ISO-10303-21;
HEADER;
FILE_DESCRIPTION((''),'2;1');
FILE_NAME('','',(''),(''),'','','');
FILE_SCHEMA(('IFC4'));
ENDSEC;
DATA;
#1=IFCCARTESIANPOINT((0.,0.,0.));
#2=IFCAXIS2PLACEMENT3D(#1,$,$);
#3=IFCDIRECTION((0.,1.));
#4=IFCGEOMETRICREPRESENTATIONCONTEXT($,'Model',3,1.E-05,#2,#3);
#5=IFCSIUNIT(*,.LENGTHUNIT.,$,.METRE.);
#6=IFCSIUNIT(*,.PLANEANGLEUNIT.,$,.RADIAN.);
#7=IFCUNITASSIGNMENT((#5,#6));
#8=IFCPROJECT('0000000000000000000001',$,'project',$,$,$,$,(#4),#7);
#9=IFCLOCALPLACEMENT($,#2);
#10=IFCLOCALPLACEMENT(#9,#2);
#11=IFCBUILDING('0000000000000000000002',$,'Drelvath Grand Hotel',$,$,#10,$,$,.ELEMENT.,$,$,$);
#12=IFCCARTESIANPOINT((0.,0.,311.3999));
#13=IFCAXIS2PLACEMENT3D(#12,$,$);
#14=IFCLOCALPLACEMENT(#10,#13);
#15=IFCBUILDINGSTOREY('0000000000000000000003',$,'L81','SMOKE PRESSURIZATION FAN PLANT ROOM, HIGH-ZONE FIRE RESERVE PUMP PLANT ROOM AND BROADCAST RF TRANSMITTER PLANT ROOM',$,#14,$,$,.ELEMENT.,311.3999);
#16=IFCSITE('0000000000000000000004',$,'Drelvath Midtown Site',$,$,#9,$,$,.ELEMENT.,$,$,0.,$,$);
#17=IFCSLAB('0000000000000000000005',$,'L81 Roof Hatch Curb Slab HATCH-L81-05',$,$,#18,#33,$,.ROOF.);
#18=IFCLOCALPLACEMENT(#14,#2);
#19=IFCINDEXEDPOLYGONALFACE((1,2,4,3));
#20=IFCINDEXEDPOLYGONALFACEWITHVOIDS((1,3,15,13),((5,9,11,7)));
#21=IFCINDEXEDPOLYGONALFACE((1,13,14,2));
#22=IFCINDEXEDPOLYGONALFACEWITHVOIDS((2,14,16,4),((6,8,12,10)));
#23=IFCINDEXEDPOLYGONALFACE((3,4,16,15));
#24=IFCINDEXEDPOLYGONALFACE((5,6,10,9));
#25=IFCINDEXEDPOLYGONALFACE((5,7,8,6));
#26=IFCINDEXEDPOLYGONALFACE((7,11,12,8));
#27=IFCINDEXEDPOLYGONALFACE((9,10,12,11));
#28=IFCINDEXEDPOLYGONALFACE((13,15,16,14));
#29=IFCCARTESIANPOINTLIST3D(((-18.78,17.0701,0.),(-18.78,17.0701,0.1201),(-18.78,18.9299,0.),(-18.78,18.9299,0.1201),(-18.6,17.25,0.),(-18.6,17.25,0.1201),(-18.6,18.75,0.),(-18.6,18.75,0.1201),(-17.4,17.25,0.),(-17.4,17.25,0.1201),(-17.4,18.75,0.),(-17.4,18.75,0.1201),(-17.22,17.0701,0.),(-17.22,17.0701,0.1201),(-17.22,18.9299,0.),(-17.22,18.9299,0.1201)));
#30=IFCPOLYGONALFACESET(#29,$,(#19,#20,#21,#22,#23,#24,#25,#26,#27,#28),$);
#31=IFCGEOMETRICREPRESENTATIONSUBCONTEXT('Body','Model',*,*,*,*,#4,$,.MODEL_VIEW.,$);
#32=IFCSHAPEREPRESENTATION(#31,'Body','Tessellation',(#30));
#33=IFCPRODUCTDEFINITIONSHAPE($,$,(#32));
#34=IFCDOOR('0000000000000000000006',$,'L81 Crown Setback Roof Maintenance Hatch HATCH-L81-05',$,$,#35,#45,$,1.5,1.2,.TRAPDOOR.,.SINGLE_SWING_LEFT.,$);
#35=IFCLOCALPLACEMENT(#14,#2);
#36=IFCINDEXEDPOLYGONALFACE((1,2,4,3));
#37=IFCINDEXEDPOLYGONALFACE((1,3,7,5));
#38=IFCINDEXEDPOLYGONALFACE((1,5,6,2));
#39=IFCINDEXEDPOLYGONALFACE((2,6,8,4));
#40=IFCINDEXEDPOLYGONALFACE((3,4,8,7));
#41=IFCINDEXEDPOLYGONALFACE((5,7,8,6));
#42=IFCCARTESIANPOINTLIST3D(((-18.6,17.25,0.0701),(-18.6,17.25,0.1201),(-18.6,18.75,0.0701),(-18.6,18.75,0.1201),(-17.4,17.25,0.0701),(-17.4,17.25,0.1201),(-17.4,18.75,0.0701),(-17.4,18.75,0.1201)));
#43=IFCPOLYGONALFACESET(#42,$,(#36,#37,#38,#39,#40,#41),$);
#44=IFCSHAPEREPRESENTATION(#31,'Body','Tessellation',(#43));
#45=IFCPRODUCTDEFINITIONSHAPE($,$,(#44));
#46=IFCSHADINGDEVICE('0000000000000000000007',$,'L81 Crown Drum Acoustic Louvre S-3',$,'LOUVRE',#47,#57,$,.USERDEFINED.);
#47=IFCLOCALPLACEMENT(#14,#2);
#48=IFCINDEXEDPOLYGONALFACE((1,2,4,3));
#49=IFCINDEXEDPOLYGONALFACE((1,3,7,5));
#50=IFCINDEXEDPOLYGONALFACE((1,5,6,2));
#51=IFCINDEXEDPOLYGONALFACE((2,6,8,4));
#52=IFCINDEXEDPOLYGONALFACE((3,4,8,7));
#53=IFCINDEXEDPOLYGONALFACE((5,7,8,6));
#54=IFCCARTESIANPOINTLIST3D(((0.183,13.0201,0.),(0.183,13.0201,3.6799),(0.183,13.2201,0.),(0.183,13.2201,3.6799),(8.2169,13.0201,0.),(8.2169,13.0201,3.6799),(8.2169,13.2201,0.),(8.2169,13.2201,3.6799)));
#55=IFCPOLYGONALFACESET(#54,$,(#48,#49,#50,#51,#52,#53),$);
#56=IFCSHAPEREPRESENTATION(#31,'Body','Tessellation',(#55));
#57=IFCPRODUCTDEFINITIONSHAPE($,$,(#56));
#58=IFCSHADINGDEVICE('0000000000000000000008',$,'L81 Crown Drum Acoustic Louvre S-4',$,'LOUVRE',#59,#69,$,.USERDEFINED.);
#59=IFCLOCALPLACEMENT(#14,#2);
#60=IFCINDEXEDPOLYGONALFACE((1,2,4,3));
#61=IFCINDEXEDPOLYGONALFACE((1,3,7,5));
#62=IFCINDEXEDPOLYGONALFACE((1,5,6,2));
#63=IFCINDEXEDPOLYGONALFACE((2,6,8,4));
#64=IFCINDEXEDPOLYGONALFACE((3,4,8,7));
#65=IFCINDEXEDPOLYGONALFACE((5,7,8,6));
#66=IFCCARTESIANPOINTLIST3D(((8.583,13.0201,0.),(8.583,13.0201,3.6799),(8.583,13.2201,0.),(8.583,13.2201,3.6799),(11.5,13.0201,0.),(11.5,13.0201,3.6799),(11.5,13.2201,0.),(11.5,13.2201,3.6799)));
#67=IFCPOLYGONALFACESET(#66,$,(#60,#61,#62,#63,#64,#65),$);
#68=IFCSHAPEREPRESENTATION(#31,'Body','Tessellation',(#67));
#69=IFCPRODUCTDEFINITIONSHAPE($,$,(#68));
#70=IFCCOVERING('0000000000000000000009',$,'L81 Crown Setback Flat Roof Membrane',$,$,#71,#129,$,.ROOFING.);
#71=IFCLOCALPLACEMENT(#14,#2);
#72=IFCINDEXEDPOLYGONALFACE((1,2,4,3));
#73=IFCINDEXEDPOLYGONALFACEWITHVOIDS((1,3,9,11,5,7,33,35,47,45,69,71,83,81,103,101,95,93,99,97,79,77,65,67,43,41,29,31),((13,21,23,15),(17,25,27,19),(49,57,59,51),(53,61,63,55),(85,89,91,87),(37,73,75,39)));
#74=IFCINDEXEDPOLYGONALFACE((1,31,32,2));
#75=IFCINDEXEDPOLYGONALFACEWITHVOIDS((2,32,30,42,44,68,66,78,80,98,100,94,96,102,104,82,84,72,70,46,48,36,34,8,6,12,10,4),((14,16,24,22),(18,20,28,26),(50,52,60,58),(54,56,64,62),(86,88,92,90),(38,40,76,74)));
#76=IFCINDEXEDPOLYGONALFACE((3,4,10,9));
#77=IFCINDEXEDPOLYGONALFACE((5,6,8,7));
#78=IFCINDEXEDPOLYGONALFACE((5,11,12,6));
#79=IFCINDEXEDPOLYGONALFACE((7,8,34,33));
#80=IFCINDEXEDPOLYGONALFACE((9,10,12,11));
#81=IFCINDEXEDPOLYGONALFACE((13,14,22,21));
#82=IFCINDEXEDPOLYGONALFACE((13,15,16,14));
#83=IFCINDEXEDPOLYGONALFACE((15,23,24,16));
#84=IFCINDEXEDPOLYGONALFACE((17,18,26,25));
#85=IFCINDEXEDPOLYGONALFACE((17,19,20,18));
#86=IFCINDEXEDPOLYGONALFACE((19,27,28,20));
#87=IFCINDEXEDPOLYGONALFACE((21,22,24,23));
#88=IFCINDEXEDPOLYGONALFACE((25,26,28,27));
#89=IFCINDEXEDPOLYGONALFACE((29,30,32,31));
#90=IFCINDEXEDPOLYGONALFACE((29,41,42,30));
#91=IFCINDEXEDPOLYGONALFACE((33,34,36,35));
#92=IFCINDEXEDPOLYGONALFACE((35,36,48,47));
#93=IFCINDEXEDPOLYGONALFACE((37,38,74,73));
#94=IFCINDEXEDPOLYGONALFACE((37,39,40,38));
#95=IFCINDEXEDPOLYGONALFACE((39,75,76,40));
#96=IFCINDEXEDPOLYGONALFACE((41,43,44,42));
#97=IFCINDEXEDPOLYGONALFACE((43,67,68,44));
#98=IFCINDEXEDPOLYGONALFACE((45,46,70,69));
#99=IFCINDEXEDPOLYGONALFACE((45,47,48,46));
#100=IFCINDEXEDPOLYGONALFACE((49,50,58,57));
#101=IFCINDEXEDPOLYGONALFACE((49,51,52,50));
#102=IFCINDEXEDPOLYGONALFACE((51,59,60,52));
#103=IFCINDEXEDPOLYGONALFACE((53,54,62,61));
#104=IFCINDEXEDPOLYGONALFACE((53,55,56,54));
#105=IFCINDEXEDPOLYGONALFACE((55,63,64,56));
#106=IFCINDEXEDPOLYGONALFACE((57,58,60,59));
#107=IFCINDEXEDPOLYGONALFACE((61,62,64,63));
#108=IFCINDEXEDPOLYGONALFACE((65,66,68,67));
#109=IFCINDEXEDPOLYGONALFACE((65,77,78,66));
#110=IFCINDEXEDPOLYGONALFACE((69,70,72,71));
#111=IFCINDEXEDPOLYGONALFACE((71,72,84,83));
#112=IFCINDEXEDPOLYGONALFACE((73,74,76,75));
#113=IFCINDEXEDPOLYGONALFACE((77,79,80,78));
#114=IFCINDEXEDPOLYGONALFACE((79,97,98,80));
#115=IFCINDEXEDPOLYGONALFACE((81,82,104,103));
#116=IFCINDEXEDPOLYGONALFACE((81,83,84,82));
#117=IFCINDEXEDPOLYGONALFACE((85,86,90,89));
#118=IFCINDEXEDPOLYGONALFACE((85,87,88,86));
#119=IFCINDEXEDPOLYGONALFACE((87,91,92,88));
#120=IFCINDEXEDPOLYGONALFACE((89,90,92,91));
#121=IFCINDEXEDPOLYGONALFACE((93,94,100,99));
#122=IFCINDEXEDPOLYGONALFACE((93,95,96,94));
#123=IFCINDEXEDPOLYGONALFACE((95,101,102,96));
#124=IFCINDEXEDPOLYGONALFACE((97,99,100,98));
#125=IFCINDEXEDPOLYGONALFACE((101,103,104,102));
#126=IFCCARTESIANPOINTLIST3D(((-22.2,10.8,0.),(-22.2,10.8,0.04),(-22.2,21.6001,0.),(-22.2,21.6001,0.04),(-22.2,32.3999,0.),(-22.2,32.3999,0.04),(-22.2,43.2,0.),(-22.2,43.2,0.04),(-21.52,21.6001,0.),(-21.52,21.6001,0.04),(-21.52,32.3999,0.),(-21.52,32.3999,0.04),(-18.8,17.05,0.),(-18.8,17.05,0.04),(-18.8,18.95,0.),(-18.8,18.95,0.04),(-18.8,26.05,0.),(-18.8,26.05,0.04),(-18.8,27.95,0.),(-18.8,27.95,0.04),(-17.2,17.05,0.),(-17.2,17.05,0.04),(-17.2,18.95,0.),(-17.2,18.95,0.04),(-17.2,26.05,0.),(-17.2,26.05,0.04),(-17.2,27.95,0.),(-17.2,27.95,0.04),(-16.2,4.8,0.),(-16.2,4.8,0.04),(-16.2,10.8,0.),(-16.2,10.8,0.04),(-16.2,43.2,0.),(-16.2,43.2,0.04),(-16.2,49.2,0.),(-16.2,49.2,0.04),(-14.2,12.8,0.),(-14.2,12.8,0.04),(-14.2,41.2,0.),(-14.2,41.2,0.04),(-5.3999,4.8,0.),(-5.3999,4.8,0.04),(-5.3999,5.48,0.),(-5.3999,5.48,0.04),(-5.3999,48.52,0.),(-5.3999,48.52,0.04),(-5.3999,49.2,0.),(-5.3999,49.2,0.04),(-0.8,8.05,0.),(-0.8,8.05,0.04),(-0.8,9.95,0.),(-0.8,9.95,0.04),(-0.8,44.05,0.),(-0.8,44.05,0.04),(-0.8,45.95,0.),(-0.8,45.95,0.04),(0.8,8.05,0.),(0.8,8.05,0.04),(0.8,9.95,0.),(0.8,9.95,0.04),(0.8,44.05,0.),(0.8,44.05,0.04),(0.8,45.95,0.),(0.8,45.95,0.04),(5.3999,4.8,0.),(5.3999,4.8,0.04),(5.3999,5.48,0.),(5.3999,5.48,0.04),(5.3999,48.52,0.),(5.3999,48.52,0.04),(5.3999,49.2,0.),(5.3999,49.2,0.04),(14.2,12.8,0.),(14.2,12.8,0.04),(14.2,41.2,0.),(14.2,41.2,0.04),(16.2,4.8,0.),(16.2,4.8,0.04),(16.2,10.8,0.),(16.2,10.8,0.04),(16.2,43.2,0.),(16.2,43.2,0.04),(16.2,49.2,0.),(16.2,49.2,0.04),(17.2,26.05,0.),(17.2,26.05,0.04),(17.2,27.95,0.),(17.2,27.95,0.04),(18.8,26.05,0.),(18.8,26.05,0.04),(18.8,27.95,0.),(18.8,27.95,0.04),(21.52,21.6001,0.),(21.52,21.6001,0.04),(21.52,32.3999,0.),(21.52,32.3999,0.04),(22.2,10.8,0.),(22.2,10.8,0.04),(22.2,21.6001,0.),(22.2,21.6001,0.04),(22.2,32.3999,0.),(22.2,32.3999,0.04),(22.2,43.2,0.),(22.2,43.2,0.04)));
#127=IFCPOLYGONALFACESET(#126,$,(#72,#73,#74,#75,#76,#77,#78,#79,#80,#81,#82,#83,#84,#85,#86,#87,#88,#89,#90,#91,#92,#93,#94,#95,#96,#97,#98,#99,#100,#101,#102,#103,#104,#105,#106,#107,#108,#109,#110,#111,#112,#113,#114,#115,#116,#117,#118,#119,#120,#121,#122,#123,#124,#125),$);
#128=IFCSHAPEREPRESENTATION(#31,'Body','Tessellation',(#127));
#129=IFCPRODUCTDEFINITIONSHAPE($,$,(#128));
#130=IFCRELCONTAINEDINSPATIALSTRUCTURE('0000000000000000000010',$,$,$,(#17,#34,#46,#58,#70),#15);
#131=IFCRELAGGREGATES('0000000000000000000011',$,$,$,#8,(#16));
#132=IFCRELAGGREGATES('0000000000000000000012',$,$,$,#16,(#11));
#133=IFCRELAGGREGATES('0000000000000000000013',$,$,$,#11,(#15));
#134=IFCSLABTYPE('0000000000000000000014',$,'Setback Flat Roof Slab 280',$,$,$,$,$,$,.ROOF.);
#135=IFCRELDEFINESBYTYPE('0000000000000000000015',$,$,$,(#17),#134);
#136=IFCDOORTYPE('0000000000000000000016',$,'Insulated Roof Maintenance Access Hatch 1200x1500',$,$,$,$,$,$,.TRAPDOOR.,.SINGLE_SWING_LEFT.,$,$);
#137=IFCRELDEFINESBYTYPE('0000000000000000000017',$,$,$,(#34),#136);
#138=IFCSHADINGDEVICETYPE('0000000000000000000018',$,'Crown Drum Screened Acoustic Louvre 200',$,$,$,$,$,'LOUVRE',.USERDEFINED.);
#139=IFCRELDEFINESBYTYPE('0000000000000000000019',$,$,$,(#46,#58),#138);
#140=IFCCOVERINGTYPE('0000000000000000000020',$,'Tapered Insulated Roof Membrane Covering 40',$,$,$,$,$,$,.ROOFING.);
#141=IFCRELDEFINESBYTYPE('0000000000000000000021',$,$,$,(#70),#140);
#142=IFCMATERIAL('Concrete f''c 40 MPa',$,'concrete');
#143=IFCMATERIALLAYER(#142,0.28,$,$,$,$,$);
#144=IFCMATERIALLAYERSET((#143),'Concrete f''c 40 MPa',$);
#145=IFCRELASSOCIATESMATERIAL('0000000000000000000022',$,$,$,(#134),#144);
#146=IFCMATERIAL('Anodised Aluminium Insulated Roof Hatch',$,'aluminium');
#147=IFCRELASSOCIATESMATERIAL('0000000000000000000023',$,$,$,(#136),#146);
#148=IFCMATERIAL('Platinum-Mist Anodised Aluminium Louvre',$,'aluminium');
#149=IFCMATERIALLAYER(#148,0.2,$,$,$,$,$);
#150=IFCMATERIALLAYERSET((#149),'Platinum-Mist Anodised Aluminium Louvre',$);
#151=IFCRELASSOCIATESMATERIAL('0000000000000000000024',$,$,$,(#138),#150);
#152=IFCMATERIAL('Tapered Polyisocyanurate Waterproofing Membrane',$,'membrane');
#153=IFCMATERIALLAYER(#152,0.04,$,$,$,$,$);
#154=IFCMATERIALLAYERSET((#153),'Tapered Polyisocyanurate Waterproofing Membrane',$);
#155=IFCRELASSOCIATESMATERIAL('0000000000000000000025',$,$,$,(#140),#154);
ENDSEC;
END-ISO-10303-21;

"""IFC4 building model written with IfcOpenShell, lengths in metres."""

from ifc_helpers import new_model, si_unit, direction, frame, origin, origin_2d, place, context, subcontext, project, spatial, polyline, rectangle, outline, extrude, material, layer, layer_set, type_object, element, fill, save


model = new_model("IFC4")

# Units and contexts
model_context = context("Model", 3, precision=1e-05, world=origin(), true_north=direction((0.0, 1.0)))
body_context = subcontext(model_context, "Body", "Model", "MODEL_VIEW")
ifc_project = project(units=[si_unit("LENGTHUNIT", "METRE"), si_unit("PLANEANGLEUNIT", "RADIAN")], contexts=[model_context])

# Site, building, storey
site_placement = place(None, origin())
site = spatial("IfcSite", under=ifc_project, at=site_placement, Name="Drelvath Midtown Site", CompositionType="ELEMENT", RefElevation=0.0)
building_placement = place(site_placement, origin())
building = spatial("IfcBuilding", under=site, at=building_placement, Name="Drelvath Grand Hotel", CompositionType="ELEMENT")
storey_placement = place(building_placement, frame((0.0, 0.0, 311.3999)))
storey = spatial("IfcBuildingStorey", under=building, at=storey_placement, Name="L81", Description="SMOKE PRESSURIZATION FAN PLANT ROOM, HIGH-ZONE FIRE RESERVE PUMP PLANT ROOM AND BROADCAST RF TRANSMITTER PLANT ROOM", CompositionType="ELEMENT", Elevation=311.3999)

# Shared definitions
ifc_material_1 = material(Name="Concrete f'c 40 MPa", Category="concrete")

# Slab, opening, door
ifc_layer_1 = layer(ifc_material_1, 0.28)
ifc_layer_set_1 = layer_set([ifc_layer_1], Name="Concrete f'c 40 MPa")
slab_type_1 = type_object("IfcSlabType", Name="Setback Flat Roof Slab 280", PredefinedType="ROOF", material=ifc_layer_set_1)
ifc_material_2 = material(Name="Anodised Aluminium Insulated Roof Hatch", Category="aluminium")
door_type = type_object("IfcDoorType", Name="Insulated Roof Maintenance Access Hatch 1200x1500", OperationType="SINGLE_SWING_LEFT", PredefinedType="TRAPDOOR", material=ifc_material_2)
slab_1_placement = place(storey_placement, origin())
slab_1 = element("IfcSlab", 1, at=slab_1_placement, inside=storey, type_object=slab_type_1, Name="L81 Roof Hatch Curb Slab HATCH-L81-05", PredefinedType="ROOF", context=body_context, shape_type="SweptSolid", body=[
    extrude(outline(polyline([(-18.78, 17.0701), (-17.22, 17.0701), (-17.22, 18.9299), (-18.78, 18.9299), (-18.78, 17.0701)])), origin(), (0.0, 0.0, 1.0), 0.1201),
])
opening_1_placement = place(slab_1_placement, frame((-18.0, 18.0, 0.0)))
opening_1 = element("IfcOpeningElement", 2, at=opening_1_placement, cuts=slab_1, PredefinedType="OPENING", context=body_context, shape_type="SweptSolid", body=[
    extrude(rectangle(XDim=1.2, YDim=1.5, at=origin_2d()), origin(), (0.0, 0.0, 1.0), 0.1201),
])
door_1_placement = place(opening_1_placement, frame((0.0, 0.0, 0.0701)))
door_1 = element("IfcDoor", 3, at=door_1_placement, inside=storey, type_object=door_type, Name="L81 Crown Setback Roof Maintenance Hatch HATCH-L81-05", OperationType="SINGLE_SWING_LEFT", OverallHeight=1.5, OverallWidth=1.2, PredefinedType="TRAPDOOR", context=body_context, shape_type="SweptSolid", body=[
    extrude(rectangle(XDim=1.2, YDim=1.5, at=origin_2d()), origin(), (0.0, 0.0, 1.0), 0.05),
])
fill(opening_1, door_1)

# Shading devices
ifc_material_3 = material(Name="Platinum-Mist Anodised Aluminium Louvre", Category="aluminium")
ifc_layer_2 = layer(ifc_material_3, 0.2)
ifc_layer_set_2 = layer_set([ifc_layer_2], Name="Platinum-Mist Anodised Aluminium Louvre")
shading_device_type = type_object("IfcShadingDeviceType", Name="Crown Drum Screened Acoustic Louvre 200", ElementType="LOUVRE", PredefinedType="USERDEFINED", material=ifc_layer_set_2)
shading_device_1_placement = place(storey_placement, frame((4.2, 13.1201, 0.0), z_axis=(0.0, 0.0, 1.0), x_axis=(1.0, 0.0, 0.0)))
element("IfcShadingDevice", 4, at=shading_device_1_placement, inside=storey, type_object=shading_device_type, Name="L81 Crown Drum Acoustic Louvre S-3", ObjectType="LOUVRE", PredefinedType="USERDEFINED", context=body_context, shape_type="SweptSolid", body=[
    extrude(rectangle(XDim=8.0339, YDim=0.2, at=origin_2d()), origin(), (0.0, 0.0, 1.0), 3.6799),
])
shading_device_2_placement = place(storey_placement, frame((10.0415, 13.1201, 0.0), z_axis=(0.0, 0.0, 1.0), x_axis=(1.0, 0.0, 0.0)))
element("IfcShadingDevice", 5, at=shading_device_2_placement, inside=storey, type_object=shading_device_type, Name="L81 Crown Drum Acoustic Louvre S-4", ObjectType="LOUVRE", PredefinedType="USERDEFINED", context=body_context, shape_type="SweptSolid", body=[
    extrude(rectangle(XDim=2.917, YDim=0.2, at=origin_2d()), origin(), (0.0, 0.0, 1.0), 3.6799),
])

# Covering
ifc_material_4 = material(Name="Tapered Polyisocyanurate Waterproofing Membrane", Category="membrane")
ifc_layer_3 = layer(ifc_material_4, 0.04)
ifc_layer_set_3 = layer_set([ifc_layer_3], Name="Tapered Polyisocyanurate Waterproofing Membrane")
covering_type = type_object("IfcCoveringType", Name="Tapered Insulated Roof Membrane Covering 40", PredefinedType="ROOFING", material=ifc_layer_set_3)
covering_placement = place(storey_placement, origin())
element("IfcCovering", 6, at=covering_placement, inside=storey, type_object=covering_type, Name="L81 Crown Setback Flat Roof Membrane", PredefinedType="ROOFING", context=body_context, shape_type="SweptSolid", body=[
    extrude(outline(polyline([(-16.2, 4.8), (-5.3999, 4.8), (-5.3999, 5.48), (5.3999, 5.48), (5.3999, 4.8), (16.2, 4.8), (16.2, 10.8), (22.2, 10.8), (22.2, 21.6001), (21.52, 21.6001), (21.52, 32.3999), (22.2, 32.3999), (22.2, 43.2), (16.2, 43.2), (16.2, 49.2), (5.3999, 49.2), (5.3999, 48.52), (-5.3999, 48.52), (-5.3999, 49.2), (-16.2, 49.2), (-16.2, 43.2), (-22.2, 43.2), (-22.2, 32.3999), (-21.52, 32.3999), (-21.52, 21.6001), (-22.2, 21.6001), (-22.2, 10.8), (-16.2, 10.8), (-16.2, 4.8)]), holes=[polyline([(-14.2, 12.8), (-14.2, 41.2), (14.2, 41.2), (14.2, 12.8), (-14.2, 12.8)]), polyline([(-18.8, 26.05), (-18.8, 27.95), (-17.2, 27.95), (-17.2, 26.05), (-18.8, 26.05)]), polyline([(17.2, 26.05), (17.2, 27.95), (18.8, 27.95), (18.8, 26.05), (17.2, 26.05)]), polyline([(-0.8, 8.05), (-0.8, 9.95), (0.8, 9.95), (0.8, 8.05), (-0.8, 8.05)]), polyline([(-0.8, 44.05), (-0.8, 45.95), (0.8, 45.95), (0.8, 44.05), (-0.8, 44.05)]), polyline([(-18.8, 17.05), (-18.8, 18.95), (-17.2, 18.95), (-17.2, 17.05), (-18.8, 17.05)])]), origin(), (0.0, 0.0, 1.0), 0.04),
])

save(model, "model.ifc")
